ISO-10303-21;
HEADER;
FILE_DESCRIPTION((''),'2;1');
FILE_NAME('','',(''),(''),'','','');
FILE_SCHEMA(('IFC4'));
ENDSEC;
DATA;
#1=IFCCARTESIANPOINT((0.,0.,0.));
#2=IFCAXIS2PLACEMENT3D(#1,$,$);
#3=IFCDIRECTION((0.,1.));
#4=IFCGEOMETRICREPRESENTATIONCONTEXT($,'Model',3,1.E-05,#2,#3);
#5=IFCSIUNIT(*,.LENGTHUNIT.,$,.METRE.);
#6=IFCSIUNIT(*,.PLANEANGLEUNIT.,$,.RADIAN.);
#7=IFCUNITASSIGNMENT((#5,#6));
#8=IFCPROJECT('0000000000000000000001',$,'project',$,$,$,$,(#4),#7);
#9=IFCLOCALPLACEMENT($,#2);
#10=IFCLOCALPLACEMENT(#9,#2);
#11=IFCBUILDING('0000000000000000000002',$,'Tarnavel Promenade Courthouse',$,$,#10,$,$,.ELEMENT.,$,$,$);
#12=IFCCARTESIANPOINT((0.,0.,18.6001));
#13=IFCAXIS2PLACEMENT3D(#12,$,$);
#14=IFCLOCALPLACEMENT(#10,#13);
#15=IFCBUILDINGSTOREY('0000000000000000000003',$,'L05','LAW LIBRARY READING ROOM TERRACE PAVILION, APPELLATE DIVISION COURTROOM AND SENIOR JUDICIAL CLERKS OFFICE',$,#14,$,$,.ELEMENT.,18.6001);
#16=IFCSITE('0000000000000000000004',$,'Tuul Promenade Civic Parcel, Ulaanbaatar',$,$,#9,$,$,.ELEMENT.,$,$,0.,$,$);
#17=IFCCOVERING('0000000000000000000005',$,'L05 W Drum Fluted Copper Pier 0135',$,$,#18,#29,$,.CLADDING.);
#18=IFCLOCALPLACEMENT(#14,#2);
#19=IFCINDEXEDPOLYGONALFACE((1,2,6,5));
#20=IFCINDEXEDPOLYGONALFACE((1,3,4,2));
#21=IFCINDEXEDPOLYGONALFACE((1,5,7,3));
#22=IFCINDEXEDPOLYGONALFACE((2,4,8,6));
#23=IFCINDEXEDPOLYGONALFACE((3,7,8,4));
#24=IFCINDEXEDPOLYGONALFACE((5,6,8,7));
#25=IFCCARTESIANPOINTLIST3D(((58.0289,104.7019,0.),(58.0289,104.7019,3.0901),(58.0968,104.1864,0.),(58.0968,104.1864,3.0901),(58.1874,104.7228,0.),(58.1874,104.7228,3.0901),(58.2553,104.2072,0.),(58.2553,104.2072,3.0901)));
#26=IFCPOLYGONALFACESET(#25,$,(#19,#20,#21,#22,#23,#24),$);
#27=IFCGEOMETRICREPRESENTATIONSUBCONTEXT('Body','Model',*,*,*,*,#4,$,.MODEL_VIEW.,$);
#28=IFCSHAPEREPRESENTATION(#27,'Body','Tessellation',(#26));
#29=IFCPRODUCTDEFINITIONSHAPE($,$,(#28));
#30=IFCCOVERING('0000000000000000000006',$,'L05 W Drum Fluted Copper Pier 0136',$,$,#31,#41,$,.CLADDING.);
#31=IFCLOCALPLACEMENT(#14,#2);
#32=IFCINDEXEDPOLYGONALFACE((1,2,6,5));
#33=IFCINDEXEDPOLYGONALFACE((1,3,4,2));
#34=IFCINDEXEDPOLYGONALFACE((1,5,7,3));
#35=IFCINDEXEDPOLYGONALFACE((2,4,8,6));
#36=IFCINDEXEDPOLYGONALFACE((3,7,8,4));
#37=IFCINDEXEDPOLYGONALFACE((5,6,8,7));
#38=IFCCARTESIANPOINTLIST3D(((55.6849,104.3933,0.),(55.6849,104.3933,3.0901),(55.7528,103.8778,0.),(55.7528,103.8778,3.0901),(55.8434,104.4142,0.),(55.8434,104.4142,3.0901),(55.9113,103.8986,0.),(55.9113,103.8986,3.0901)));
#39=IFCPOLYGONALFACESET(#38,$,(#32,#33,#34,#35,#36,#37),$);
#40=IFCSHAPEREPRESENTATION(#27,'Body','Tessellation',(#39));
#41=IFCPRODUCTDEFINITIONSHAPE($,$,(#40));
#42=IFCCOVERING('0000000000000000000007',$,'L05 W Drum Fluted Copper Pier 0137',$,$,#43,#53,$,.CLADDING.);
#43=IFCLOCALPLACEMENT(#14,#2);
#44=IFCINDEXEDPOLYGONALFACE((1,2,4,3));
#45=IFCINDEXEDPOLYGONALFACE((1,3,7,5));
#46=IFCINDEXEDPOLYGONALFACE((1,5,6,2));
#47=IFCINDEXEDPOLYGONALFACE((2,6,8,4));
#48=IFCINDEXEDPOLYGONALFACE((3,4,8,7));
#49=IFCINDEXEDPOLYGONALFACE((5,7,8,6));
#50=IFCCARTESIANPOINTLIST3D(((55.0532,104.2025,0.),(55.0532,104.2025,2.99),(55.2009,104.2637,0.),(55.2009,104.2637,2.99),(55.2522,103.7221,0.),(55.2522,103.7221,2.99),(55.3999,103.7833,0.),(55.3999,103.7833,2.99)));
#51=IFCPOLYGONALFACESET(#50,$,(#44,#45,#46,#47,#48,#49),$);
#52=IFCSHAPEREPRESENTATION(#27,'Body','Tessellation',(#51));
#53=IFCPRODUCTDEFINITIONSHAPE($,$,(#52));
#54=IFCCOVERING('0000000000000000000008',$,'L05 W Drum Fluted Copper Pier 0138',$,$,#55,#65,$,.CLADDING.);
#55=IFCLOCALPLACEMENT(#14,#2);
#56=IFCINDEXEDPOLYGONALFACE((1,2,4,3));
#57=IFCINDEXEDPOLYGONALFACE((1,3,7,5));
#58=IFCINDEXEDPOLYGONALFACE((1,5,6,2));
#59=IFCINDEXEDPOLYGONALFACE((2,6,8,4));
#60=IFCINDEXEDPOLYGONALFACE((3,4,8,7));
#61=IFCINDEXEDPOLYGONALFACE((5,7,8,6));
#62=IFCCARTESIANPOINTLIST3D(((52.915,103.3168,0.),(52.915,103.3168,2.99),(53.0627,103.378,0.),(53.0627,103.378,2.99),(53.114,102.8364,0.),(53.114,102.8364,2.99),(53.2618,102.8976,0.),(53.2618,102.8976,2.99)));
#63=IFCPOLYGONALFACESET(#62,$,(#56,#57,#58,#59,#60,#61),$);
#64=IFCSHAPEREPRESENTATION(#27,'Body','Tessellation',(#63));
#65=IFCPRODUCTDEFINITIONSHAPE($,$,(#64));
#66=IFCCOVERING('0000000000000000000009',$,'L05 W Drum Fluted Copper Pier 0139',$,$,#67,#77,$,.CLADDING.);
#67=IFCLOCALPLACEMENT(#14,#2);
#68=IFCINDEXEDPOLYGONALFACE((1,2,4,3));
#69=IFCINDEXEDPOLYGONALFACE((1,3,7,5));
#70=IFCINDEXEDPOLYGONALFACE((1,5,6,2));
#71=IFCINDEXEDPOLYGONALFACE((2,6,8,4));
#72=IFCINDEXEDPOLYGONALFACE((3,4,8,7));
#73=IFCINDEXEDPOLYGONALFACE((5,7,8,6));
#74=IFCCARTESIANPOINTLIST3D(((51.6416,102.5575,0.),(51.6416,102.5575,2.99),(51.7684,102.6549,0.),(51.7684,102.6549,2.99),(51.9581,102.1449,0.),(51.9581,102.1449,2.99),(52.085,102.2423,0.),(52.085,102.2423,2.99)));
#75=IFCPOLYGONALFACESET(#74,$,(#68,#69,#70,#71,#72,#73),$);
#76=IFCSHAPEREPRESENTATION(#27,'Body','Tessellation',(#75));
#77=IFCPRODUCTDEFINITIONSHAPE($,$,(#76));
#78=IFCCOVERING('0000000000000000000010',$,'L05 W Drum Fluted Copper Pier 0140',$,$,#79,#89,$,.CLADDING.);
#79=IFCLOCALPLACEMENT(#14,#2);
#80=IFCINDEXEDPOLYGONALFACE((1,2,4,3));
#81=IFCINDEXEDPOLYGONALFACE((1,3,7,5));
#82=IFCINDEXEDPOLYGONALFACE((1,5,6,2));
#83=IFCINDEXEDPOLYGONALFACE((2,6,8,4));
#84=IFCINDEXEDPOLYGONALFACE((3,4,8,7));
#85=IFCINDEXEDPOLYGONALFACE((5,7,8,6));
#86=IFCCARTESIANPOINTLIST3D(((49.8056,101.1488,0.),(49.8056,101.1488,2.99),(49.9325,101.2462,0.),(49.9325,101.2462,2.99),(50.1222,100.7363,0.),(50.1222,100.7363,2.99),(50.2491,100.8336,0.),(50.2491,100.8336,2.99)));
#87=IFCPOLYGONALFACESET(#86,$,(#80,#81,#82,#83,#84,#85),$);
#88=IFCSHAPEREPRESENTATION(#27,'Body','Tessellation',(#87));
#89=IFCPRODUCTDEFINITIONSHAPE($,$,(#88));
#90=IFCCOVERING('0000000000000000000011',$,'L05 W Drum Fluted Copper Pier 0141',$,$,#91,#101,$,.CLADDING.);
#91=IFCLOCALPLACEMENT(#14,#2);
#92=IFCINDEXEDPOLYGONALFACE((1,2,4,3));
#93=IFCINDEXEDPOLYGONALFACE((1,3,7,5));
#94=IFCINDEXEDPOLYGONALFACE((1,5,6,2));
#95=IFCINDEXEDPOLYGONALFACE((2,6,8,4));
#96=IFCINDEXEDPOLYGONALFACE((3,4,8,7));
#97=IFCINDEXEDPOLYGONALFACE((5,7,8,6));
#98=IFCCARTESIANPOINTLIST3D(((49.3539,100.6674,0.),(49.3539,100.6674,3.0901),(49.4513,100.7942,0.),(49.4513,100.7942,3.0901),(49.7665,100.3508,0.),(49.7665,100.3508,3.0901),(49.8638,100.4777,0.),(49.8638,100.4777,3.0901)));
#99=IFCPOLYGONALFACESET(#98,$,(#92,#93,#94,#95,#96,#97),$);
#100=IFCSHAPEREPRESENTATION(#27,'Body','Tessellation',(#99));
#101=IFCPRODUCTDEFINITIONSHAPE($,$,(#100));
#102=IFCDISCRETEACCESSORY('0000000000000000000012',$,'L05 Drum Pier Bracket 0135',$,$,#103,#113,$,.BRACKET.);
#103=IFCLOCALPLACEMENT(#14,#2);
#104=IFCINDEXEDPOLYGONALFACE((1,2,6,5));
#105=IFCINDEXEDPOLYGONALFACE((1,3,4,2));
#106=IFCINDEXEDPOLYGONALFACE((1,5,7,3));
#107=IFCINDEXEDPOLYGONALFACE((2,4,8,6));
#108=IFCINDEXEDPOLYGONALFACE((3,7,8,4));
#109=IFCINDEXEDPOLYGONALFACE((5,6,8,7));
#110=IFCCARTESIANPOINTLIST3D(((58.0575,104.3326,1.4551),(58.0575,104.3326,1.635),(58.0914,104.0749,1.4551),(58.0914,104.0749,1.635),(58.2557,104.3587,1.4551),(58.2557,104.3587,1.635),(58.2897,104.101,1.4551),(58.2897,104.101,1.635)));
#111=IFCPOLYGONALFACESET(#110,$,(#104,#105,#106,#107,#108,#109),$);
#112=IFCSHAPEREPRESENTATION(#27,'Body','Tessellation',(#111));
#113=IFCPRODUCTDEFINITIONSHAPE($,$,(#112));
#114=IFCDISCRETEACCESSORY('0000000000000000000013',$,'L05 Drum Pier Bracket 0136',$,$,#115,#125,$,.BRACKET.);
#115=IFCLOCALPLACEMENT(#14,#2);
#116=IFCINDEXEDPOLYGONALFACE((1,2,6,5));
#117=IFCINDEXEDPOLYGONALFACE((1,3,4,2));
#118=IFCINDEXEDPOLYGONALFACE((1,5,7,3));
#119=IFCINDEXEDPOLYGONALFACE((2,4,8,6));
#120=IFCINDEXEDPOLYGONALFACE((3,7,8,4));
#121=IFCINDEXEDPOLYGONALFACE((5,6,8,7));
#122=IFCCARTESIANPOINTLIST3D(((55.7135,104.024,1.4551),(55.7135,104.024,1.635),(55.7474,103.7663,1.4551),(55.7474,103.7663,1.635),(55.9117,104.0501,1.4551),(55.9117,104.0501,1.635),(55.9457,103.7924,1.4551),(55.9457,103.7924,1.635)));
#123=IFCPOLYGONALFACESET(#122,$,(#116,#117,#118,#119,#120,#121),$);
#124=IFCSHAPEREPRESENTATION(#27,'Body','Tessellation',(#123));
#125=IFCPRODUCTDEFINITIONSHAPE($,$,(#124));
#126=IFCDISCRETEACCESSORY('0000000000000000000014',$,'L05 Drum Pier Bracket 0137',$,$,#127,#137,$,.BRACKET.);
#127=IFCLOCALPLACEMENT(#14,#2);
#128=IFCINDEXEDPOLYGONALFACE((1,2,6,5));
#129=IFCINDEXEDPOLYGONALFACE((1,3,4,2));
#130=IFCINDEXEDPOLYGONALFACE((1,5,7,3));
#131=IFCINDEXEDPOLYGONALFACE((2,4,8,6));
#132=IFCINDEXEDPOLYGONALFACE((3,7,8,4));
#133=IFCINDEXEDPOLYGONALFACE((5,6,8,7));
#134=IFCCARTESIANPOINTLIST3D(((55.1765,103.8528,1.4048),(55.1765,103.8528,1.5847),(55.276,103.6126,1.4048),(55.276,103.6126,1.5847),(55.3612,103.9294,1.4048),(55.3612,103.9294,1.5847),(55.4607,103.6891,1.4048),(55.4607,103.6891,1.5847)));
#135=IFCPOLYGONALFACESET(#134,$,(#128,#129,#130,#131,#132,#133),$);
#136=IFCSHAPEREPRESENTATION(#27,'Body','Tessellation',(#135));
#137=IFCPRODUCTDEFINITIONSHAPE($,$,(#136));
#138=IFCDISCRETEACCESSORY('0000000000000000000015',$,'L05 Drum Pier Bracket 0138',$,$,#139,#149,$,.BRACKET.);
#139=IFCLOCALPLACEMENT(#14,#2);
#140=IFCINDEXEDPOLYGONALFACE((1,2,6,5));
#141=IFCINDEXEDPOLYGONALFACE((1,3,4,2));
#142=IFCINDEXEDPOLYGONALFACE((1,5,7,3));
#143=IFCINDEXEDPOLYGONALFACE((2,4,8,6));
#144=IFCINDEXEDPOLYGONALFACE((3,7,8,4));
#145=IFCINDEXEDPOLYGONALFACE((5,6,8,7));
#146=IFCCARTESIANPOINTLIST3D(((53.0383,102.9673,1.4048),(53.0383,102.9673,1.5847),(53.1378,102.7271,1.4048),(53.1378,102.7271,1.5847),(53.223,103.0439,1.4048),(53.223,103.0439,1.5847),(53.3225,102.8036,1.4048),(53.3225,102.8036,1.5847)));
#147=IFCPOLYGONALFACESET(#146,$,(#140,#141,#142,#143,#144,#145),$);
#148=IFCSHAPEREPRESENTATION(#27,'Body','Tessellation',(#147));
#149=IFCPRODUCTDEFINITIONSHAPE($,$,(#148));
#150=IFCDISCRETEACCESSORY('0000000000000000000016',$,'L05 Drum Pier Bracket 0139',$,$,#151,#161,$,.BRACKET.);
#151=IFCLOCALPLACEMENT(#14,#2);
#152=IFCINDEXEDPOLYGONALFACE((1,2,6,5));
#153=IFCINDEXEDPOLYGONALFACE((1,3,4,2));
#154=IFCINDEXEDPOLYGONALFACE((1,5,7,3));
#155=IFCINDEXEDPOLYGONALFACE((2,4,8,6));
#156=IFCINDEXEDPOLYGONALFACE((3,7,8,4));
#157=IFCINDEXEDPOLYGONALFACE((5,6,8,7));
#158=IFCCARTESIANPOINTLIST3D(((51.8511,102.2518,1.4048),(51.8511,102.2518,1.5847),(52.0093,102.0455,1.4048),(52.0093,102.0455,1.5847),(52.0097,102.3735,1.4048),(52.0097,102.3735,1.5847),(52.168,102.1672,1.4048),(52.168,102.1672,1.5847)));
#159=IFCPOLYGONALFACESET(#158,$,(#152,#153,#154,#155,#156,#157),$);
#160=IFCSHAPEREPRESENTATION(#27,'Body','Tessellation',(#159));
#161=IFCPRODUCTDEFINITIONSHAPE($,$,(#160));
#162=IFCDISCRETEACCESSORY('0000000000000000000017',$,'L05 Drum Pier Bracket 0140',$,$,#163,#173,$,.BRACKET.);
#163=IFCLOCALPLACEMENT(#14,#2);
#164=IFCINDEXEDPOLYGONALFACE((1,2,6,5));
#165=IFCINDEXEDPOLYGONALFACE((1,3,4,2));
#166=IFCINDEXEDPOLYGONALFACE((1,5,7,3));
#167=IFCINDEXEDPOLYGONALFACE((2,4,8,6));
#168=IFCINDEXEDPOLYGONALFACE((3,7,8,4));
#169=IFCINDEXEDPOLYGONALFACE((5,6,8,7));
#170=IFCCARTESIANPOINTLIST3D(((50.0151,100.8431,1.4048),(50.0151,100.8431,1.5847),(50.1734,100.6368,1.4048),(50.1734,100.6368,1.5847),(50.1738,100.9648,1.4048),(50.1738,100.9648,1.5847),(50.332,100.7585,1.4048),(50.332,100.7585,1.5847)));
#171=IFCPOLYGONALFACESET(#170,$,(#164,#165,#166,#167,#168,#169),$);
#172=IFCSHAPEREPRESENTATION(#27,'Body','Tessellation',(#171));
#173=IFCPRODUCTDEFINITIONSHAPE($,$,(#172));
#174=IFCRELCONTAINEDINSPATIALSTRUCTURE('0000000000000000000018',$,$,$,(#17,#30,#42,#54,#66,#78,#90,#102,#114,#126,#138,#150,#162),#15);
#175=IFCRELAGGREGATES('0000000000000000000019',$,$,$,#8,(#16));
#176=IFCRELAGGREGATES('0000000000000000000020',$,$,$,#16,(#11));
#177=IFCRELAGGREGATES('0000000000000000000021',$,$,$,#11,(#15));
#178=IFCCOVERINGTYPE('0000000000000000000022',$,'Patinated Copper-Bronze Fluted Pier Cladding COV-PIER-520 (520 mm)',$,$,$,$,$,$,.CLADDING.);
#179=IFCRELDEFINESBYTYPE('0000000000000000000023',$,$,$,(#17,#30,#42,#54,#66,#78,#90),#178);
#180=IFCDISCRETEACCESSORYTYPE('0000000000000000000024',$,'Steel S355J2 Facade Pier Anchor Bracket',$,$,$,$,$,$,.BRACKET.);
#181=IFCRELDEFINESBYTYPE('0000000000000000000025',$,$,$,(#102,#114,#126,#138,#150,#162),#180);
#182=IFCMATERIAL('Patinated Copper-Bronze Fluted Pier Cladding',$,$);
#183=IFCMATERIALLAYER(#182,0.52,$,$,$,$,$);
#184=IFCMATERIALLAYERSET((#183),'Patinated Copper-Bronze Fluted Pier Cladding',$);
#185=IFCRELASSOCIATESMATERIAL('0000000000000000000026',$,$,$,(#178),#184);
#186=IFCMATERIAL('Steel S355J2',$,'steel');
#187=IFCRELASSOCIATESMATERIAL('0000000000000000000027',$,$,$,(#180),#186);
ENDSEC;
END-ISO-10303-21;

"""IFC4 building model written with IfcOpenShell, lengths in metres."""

from ifc_helpers import new_model, si_unit, direction, frame, origin, origin_2d, place, context, subcontext, project, spatial, rectangle, extrude, material, layer, layer_set, type_object, element, save


model = new_model("IFC4")

# Units and contexts
model_context = context("Model", 3, precision=1e-05, world=origin(), true_north=direction((0.0, 1.0)))
body_context = subcontext(model_context, "Body", "Model", "MODEL_VIEW")
ifc_project = project(units=[si_unit("LENGTHUNIT", "METRE"), si_unit("PLANEANGLEUNIT", "RADIAN")], contexts=[model_context])

# Site, building, storey
site_placement = place(None, origin())
site = spatial("IfcSite", under=ifc_project, at=site_placement, Name="Tuul Promenade Civic Parcel, Ulaanbaatar", CompositionType="ELEMENT", RefElevation=0.0)
building_placement = place(site_placement, origin())
building = spatial("IfcBuilding", under=site, at=building_placement, Name="Tarnavel Promenade Courthouse", CompositionType="ELEMENT")
storey_placement = place(building_placement, frame((0.0, 0.0, 18.6001)))
storey = spatial("IfcBuildingStorey", under=building, at=storey_placement, Name="L05", Description="LAW LIBRARY READING ROOM TERRACE PAVILION, APPELLATE DIVISION COURTROOM AND SENIOR JUDICIAL CLERKS OFFICE", CompositionType="ELEMENT", Elevation=18.6001)

# Shared definitions
ifc_material_1 = material(Name="Steel S355J2", Category="steel")

# Coverings
ifc_material_2 = material(Name="Patinated Copper-Bronze Fluted Pier Cladding")
ifc_layer_1 = layer(ifc_material_2, 0.52)
ifc_layer_set_1 = layer_set([ifc_layer_1], Name="Patinated Copper-Bronze Fluted Pier Cladding")
covering_type = type_object("IfcCoveringType", Name="Patinated Copper-Bronze Fluted Pier Cladding COV-PIER-520 (520 mm)", PredefinedType="CLADDING", material=ifc_layer_set_1)
for number, where, z_axis, x_axis, name in (
    (1, (58.1421, 104.4546, 0.0), (0.0, 0.0, 1.0), (-0.991445, -0.130526, 0.0), "L05 W Drum Fluted Copper Pier 0135"),
    (2, (55.7981, 104.146, 0.0), (0.0, 0.0, 1.0), (-0.991445, -0.130526, 0.0), "L05 W Drum Fluted Copper Pier 0136"),
):
    element("IfcCovering", number, at=place(storey_placement, frame(where, z_axis=z_axis, x_axis=x_axis)), inside=storey, type_object=covering_type, Name=name, PredefinedType="CLADDING", context=body_context, shape_type="SweptSolid", body=[
        extrude(rectangle(XDim=0.1599, YDim=0.52, at=origin_2d()), origin(), (0.0, 0.0, 1.0), 3.0901),
    ])
for number, where, z_axis, x_axis, name in (
    (3, (55.2266, 103.9929, 0.0), (0.0, 0.0, 1.0), (-0.92388, -0.382683, 0.0), "L05 W Drum Fluted Copper Pier 0137"),
    (4, (53.0884, 103.1072, 0.0), (0.0, 0.0, 1.0), (-0.92388, -0.382683, 0.0), "L05 W Drum Fluted Copper Pier 0138"),
    (5, (51.8633, 102.3999, 0.0), (0.0, 0.0, 1.0), (-0.793353, -0.608761, 0.0), "L05 W Drum Fluted Copper Pier 0139"),
    (6, (50.0273, 100.9912, 0.0), (0.0, 0.0, 1.0), (-0.793353, -0.608761, 0.0), "L05 W Drum Fluted Copper Pier 0140"),
):
    element("IfcCovering", number, at=place(storey_placement, frame(where, z_axis=z_axis, x_axis=x_axis)), inside=storey, type_object=covering_type, Name=name, PredefinedType="CLADDING", context=body_context, shape_type="SweptSolid", body=[
        extrude(rectangle(XDim=0.1599, YDim=0.52, at=origin_2d()), origin(), (0.0, 0.0, 1.0), 2.99),
    ])
covering_placement = place(storey_placement, frame((49.6089, 100.5725, 0.0), z_axis=(0.0, 0.0, 1.0), x_axis=(-0.608761, -0.793353, 0.0)))
element("IfcCovering", 7, at=covering_placement, inside=storey, type_object=covering_type, Name="L05 W Drum Fluted Copper Pier 0141", PredefinedType="CLADDING", context=body_context, shape_type="SweptSolid", body=[
    extrude(rectangle(XDim=0.1599, YDim=0.52, at=origin_2d()), origin(), (0.0, 0.0, 1.0), 3.0901),
])

# Discrete accessories
discrete_accessory_type = type_object("IfcDiscreteAccessoryType", Name="Steel S355J2 Facade Pier Anchor Bracket", PredefinedType="BRACKET", material=ifc_material_1)
for number, where, z_axis, x_axis, name in (
    (8, (58.1736, 104.2168, 1.4551), (0.0, 0.0, 1.0), (-0.991445, -0.130526, 0.0), "L05 Drum Pier Bracket 0135"),
    (9, (55.8296, 103.9082, 1.4551), (0.0, 0.0, 1.0), (-0.991445, -0.130526, 0.0), "L05 Drum Pier Bracket 0136"),
    (10, (55.3186, 103.771, 1.4048), (0.0, 0.0, 1.0), (-0.92388, -0.382683, 0.0), "L05 Drum Pier Bracket 0137"),
    (11, (53.1804, 102.8855, 1.4048), (0.0, 0.0, 1.0), (-0.92388, -0.382683, 0.0), "L05 Drum Pier Bracket 0138"),
    (12, (52.0095, 102.2095, 1.4048), (0.0, 0.0, 1.0), (-0.793353, -0.608761, 0.0), "L05 Drum Pier Bracket 0139"),
    (13, (50.1736, 100.8008, 1.4048), (0.0, 0.0, 1.0), (-0.793353, -0.608761, 0.0), "L05 Drum Pier Bracket 0140"),
):
    element("IfcDiscreteAccessory", number, at=place(storey_placement, frame(where, z_axis=z_axis, x_axis=x_axis)), inside=storey, type_object=discrete_accessory_type, Name=name, PredefinedType="BRACKET", context=body_context, shape_type="SweptSolid", body=[
        extrude(rectangle(XDim=0.2, YDim=0.26, at=origin_2d()), origin(), (0.0, 0.0, 1.0), 0.1799),
    ])

save(model, "model.ifc")
